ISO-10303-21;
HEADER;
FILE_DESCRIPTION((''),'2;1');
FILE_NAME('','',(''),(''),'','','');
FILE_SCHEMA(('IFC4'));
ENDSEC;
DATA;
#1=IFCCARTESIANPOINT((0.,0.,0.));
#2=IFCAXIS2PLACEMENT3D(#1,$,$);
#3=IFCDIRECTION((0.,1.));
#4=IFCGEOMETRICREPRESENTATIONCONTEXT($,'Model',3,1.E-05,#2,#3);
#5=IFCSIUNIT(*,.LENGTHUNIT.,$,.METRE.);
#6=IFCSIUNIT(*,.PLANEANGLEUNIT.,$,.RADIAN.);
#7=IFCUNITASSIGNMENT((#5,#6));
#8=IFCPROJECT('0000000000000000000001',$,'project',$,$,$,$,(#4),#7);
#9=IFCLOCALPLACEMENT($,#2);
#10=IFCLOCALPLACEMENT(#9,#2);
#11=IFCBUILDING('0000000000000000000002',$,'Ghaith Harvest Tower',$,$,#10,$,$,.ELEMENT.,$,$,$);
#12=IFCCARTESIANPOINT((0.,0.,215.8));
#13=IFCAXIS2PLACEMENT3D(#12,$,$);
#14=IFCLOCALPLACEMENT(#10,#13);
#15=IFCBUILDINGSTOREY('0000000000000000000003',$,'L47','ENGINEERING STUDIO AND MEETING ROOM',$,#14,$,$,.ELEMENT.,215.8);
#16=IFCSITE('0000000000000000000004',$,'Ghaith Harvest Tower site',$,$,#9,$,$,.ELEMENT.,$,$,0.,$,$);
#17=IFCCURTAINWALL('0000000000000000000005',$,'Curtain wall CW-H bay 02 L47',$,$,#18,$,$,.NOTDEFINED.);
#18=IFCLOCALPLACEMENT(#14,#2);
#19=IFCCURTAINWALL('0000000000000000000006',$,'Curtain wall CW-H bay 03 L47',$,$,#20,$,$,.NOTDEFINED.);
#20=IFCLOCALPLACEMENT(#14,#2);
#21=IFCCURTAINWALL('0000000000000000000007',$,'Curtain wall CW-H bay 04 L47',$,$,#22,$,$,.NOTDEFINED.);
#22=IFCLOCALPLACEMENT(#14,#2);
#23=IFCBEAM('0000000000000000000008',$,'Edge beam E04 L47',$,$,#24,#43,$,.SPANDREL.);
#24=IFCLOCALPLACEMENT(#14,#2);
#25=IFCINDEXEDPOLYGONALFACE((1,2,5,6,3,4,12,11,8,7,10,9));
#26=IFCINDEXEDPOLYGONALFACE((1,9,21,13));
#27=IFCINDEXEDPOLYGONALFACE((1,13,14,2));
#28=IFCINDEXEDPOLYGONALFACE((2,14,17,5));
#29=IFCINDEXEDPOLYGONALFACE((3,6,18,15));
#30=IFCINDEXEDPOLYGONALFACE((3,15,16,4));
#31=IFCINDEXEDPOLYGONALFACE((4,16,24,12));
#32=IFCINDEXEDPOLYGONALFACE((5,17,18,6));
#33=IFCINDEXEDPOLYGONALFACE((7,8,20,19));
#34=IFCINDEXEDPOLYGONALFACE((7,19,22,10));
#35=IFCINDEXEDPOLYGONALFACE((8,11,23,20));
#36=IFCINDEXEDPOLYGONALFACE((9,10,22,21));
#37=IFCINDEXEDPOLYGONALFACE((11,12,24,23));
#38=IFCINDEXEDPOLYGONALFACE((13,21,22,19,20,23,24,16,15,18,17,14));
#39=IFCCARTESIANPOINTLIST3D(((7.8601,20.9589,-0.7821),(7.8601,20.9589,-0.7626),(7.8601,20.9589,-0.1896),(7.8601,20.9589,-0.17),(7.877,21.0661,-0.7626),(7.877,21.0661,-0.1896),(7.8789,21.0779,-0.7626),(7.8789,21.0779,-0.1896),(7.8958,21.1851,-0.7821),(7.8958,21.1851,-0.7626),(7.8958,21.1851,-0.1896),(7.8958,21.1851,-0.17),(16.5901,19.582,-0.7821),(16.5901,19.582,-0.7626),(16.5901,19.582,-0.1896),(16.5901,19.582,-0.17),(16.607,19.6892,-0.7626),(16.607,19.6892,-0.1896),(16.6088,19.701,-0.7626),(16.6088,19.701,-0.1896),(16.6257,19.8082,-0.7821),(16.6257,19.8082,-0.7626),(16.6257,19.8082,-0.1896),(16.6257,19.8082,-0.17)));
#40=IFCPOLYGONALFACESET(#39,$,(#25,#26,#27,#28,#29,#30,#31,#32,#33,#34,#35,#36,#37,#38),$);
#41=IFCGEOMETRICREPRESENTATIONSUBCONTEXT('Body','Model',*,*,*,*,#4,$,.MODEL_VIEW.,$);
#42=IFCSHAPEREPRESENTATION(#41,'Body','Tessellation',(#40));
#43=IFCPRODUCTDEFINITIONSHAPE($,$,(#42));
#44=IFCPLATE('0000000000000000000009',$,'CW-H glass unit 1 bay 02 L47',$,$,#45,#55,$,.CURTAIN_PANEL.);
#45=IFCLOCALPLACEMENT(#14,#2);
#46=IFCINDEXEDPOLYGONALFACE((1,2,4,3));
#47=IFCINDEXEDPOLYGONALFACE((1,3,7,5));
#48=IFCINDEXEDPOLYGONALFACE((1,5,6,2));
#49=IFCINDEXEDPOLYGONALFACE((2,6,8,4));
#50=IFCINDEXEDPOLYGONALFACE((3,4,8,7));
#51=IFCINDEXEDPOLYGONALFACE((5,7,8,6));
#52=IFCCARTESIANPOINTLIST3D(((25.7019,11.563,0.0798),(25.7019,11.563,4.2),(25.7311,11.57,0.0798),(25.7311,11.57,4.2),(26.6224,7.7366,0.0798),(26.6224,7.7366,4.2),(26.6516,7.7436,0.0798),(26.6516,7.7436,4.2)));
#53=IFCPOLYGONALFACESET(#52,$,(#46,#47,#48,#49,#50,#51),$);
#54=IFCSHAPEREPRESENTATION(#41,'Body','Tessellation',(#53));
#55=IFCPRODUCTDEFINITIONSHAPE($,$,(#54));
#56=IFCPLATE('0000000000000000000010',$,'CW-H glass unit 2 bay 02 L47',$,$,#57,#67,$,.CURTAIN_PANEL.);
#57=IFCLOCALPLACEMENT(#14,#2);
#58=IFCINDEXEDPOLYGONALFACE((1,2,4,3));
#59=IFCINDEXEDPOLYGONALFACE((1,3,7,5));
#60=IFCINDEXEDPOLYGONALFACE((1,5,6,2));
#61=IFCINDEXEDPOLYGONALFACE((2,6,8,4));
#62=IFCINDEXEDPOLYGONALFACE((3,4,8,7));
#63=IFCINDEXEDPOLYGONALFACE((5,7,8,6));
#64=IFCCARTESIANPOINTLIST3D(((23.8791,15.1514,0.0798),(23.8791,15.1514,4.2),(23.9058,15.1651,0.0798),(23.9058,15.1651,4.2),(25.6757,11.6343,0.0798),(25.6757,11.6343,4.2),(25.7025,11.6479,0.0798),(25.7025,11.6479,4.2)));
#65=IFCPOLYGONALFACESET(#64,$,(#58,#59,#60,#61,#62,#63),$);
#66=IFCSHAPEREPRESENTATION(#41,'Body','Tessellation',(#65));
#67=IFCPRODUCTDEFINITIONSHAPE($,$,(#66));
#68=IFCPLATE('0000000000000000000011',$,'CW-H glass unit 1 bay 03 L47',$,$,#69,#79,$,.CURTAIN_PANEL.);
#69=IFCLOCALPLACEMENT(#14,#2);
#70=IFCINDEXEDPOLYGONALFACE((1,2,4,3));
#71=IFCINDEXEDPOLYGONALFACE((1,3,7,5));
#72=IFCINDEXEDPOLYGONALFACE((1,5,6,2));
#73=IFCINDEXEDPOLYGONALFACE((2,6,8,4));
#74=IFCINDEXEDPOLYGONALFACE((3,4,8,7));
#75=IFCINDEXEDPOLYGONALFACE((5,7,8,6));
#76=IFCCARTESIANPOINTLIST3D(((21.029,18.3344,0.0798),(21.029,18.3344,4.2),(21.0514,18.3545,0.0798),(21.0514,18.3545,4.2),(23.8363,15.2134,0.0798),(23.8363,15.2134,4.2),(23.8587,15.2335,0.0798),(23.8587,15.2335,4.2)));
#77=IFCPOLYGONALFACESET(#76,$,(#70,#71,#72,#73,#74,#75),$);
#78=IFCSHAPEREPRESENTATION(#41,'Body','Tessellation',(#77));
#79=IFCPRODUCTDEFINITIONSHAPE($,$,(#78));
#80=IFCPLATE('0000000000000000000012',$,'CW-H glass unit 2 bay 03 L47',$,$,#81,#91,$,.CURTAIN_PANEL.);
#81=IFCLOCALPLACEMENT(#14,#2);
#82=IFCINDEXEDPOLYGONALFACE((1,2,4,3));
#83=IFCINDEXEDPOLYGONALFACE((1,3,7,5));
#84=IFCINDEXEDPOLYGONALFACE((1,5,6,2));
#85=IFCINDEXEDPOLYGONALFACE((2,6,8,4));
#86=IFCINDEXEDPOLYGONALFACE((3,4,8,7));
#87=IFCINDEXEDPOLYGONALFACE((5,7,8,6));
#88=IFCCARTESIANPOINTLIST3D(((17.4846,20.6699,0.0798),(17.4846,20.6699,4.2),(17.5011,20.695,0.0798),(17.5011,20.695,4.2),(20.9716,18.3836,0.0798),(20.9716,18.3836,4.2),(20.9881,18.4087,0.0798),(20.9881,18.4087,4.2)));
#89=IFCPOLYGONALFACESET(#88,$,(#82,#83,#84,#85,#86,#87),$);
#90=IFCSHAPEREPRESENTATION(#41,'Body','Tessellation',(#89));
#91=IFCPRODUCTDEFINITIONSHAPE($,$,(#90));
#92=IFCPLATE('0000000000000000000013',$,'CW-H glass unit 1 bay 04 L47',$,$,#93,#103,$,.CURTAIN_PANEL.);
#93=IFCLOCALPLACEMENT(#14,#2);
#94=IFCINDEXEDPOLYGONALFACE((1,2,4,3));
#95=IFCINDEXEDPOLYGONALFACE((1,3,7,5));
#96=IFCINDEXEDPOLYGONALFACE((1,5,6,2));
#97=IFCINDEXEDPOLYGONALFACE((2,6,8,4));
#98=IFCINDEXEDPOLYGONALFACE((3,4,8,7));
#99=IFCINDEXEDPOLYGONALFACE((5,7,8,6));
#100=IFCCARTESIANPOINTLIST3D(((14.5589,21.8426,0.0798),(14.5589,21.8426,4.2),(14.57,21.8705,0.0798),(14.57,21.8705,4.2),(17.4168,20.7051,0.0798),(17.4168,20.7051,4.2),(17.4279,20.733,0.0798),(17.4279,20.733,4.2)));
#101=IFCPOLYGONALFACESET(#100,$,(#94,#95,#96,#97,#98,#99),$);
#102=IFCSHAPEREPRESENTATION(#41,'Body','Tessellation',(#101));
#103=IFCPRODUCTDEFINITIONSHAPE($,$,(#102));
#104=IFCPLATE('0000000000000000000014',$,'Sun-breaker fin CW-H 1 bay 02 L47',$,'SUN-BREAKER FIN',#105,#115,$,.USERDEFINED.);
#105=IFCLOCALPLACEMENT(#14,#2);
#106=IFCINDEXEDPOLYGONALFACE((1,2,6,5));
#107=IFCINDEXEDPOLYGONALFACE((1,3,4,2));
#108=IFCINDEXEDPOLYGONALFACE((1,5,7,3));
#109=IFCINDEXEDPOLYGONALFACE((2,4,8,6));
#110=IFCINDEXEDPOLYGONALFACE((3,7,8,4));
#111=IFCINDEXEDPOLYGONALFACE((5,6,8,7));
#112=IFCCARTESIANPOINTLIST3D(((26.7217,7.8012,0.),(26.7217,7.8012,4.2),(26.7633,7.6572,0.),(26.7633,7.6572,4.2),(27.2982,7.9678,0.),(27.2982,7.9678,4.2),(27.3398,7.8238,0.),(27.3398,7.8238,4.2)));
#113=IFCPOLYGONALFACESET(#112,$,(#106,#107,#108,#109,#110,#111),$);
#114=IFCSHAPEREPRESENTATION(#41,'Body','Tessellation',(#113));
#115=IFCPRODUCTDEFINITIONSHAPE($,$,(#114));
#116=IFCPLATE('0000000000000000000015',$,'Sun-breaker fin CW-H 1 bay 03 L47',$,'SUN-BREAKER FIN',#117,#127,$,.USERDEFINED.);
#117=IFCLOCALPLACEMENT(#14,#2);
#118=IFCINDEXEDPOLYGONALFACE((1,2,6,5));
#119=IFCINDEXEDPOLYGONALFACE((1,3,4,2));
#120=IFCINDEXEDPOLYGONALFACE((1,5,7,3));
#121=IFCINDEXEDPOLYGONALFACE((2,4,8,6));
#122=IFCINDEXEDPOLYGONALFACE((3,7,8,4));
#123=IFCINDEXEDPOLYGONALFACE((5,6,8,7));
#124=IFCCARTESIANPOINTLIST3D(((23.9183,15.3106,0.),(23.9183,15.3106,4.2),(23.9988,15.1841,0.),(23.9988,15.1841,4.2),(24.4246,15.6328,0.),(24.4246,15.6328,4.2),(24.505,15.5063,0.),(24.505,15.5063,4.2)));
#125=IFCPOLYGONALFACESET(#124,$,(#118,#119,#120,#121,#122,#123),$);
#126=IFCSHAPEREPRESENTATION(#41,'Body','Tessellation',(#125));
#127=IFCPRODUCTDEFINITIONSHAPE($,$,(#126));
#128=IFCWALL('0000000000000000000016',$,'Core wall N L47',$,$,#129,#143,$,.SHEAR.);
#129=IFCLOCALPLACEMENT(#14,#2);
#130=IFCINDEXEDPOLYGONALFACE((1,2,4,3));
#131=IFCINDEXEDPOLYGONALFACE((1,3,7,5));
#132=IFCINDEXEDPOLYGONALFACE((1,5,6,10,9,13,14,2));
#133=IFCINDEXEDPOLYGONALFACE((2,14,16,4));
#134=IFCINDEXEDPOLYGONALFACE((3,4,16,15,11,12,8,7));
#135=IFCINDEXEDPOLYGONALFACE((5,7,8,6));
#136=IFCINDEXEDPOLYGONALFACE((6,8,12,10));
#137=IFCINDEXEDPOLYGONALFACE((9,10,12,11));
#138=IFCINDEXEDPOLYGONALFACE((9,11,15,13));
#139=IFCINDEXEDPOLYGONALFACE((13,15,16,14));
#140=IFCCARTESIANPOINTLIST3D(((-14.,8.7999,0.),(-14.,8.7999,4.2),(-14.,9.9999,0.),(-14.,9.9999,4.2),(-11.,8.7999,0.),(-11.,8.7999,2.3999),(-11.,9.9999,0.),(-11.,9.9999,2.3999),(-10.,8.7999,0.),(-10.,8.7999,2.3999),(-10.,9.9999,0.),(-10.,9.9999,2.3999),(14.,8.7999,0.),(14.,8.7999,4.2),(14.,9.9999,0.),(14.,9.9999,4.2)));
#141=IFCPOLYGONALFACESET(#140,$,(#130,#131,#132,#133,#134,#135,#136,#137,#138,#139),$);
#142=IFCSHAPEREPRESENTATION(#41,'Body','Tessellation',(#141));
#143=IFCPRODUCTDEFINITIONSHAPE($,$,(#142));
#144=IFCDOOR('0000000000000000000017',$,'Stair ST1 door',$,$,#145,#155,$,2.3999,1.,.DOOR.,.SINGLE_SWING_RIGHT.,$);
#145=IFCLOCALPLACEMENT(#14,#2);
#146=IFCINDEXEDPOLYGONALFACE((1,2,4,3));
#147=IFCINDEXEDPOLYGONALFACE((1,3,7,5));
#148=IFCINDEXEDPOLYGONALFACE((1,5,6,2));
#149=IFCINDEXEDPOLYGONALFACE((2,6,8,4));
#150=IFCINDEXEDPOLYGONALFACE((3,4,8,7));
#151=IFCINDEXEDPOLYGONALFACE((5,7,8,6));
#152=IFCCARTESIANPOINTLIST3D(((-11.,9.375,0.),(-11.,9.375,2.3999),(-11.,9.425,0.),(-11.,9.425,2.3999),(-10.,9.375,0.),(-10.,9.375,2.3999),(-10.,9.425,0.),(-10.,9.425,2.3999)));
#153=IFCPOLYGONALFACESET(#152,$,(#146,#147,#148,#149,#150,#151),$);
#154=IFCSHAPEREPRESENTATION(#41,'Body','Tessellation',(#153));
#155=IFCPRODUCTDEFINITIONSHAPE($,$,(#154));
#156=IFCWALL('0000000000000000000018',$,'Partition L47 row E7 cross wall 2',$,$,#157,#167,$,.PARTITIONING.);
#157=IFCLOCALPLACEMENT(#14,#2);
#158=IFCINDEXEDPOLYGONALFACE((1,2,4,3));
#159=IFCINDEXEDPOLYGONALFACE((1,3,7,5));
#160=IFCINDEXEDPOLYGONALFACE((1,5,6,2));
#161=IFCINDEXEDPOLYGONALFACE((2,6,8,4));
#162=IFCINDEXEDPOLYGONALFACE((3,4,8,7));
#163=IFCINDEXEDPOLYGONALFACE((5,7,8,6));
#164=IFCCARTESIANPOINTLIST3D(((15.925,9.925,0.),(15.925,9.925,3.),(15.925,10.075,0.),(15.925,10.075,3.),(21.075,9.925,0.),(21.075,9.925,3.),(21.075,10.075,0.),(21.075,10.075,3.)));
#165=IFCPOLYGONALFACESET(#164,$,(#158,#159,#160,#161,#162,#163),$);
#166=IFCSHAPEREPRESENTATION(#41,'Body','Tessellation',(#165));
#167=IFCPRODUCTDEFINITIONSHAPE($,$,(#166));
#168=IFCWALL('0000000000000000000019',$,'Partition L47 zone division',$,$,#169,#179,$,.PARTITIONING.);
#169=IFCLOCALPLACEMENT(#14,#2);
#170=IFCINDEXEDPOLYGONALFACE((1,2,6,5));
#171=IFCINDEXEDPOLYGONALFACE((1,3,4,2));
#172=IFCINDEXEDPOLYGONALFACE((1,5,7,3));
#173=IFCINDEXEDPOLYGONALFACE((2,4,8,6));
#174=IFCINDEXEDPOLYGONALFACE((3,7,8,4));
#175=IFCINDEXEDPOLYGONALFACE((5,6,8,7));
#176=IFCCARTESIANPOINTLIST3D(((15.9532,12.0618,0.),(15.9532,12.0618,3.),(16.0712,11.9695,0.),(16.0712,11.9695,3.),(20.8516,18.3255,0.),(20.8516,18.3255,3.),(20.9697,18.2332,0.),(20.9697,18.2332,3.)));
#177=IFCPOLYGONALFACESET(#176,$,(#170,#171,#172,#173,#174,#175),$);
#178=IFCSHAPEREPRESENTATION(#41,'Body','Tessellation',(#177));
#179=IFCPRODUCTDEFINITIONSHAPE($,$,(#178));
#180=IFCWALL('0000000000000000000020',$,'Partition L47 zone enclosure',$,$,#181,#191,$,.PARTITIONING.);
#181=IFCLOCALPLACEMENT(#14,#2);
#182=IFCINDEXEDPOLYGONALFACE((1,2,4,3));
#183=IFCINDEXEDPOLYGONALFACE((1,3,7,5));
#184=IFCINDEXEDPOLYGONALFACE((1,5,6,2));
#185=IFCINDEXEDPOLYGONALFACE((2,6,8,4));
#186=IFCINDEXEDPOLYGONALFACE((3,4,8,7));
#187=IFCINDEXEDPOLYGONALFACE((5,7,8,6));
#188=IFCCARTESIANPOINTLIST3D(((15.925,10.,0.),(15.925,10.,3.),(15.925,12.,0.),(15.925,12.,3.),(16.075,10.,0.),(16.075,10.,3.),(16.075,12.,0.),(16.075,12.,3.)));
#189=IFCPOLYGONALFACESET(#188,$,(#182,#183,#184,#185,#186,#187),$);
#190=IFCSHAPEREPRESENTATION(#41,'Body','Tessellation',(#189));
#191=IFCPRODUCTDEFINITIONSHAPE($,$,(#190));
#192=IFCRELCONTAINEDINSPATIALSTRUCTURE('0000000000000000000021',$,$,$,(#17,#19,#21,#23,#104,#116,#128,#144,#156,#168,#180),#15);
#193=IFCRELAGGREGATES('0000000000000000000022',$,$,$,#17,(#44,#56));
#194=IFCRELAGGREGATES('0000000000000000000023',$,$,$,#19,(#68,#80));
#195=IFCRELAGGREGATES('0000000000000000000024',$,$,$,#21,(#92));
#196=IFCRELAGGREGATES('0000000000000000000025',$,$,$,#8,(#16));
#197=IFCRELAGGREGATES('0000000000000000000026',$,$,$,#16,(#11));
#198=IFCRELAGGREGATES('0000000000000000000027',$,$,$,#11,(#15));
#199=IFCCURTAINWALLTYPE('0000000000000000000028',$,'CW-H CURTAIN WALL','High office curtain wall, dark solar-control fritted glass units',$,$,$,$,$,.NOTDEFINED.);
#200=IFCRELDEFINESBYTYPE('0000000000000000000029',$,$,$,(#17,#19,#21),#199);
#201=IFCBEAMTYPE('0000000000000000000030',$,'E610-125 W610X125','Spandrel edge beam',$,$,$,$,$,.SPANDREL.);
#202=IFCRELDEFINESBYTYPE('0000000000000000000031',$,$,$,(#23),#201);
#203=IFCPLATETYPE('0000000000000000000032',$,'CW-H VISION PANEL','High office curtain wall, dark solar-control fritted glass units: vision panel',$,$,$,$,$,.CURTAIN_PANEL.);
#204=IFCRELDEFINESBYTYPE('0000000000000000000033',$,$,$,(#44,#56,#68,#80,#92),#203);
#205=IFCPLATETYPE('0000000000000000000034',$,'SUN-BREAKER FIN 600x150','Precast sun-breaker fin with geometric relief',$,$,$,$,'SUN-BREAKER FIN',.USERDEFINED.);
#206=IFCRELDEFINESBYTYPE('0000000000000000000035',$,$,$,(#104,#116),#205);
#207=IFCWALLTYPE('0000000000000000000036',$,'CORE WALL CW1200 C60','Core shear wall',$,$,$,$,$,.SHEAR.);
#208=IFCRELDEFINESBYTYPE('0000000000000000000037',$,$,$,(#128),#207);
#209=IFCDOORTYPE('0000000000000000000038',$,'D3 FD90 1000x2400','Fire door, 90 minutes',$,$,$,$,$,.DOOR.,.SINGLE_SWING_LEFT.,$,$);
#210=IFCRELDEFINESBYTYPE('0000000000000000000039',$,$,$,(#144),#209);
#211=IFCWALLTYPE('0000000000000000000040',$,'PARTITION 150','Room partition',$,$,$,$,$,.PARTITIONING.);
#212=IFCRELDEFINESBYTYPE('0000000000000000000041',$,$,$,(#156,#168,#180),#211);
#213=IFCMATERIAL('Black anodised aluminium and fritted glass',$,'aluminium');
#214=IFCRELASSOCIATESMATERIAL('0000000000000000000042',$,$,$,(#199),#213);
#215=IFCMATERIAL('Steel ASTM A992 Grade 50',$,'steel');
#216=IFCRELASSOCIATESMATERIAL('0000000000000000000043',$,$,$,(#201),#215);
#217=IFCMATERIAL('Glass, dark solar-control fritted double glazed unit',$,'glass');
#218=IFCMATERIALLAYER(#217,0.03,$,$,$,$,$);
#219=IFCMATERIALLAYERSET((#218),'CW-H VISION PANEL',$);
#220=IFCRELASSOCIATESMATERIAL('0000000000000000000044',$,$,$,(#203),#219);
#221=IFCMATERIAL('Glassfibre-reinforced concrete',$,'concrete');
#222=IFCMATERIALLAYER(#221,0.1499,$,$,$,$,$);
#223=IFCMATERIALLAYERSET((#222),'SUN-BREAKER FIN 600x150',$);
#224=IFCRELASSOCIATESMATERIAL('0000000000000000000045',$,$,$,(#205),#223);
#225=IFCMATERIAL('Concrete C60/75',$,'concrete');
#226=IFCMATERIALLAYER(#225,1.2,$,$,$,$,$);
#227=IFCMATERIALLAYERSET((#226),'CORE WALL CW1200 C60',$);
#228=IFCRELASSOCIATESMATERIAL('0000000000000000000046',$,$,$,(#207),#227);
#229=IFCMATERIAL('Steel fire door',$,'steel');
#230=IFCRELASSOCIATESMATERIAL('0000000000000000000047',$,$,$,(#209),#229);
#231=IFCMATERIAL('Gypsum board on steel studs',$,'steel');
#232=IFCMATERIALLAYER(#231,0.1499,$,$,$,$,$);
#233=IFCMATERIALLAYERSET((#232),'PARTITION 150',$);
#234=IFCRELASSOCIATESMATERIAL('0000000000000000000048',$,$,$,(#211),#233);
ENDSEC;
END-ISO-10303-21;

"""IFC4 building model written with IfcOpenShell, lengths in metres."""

from ifc_helpers import new_model, si_unit, direction, frame, frame_2d, origin, origin_2d, place, context, subcontext, project, spatial, rectangle, i_section, extrude, material, layer, layer_set, material_profile, profile_set, type_object, element, fill, aggregate, save


model = new_model("IFC4")

# Units and contexts
model_context = context("Model", 3, precision=1e-05, world=origin(), true_north=direction((0.0, 1.0)))
body_context = subcontext(model_context, "Body", "Model", "MODEL_VIEW")
ifc_project = project(units=[si_unit("LENGTHUNIT", "METRE"), si_unit("PLANEANGLEUNIT", "RADIAN")], contexts=[model_context])

# Site, building, storey
site_placement = place(None, origin())
site = spatial("IfcSite", under=ifc_project, at=site_placement, Name="Ghaith Harvest Tower site", CompositionType="ELEMENT", RefElevation=0.0)
building_placement = place(site_placement, origin())
building = spatial("IfcBuilding", under=site, at=building_placement, Name="Ghaith Harvest Tower", CompositionType="ELEMENT")
storey_placement = place(building_placement, frame((0.0, 0.0, 215.8)))
storey = spatial("IfcBuildingStorey", under=building, at=storey_placement, Name="L47", Description="ENGINEERING STUDIO AND MEETING ROOM", CompositionType="ELEMENT", Elevation=215.8)

# Curtain wall
ifc_material_1 = material(Name="Black anodised aluminium and fritted glass", Category="aluminium")
curtain_wall_type = type_object("IfcCurtainWallType", Name="CW-H CURTAIN WALL", Description="High office curtain wall, dark solar-control fritted glass units", PredefinedType="NOTDEFINED", material=ifc_material_1)
curtain_wall_1_placement = place(storey_placement, origin())
curtain_wall_1 = element("IfcCurtainWall", 1, at=curtain_wall_1_placement, inside=storey, type_object=curtain_wall_type, Name="Curtain wall CW-H bay 02 L47", PredefinedType="NOTDEFINED")

# Curtain walls
curtain_wall_2_placement = place(storey_placement, origin())
curtain_wall_2 = element("IfcCurtainWall", 2, at=curtain_wall_2_placement, inside=storey, type_object=curtain_wall_type, Name="Curtain wall CW-H bay 03 L47", PredefinedType="NOTDEFINED")
curtain_wall_3_placement = place(storey_placement, origin())
curtain_wall_3 = element("IfcCurtainWall", 3, at=curtain_wall_3_placement, inside=storey, type_object=curtain_wall_type, Name="Curtain wall CW-H bay 04 L47", PredefinedType="NOTDEFINED")

# Beam
ifc_material_2 = material(Name="Steel ASTM A992 Grade 50", Category="steel")
ifc_material_profile_1 = material_profile(ifc_material_2, i_section(OverallWidth=0.229, OverallDepth=0.6121, WebThickness=0.012, FlangeThickness=0.0195, at=origin_2d()), Name="W610X125")
ifc_profile_set_1 = profile_set([ifc_material_profile_1], Name="Steel ASTM A992 Grade 50")
beam_type = type_object("IfcBeamType", Name="E610-125 W610X125", Description="Spandrel edge beam", PredefinedType="SPANDREL", material=ifc_profile_set_1)
beam_1_placement = place(storey_placement, frame((16.6079, 19.6951, -0.4761), z_axis=(-0.987788, 0.155801, 0.0), x_axis=(-0.155801, -0.987788, 0.0)))
element("IfcBeam", 4, at=beam_1_placement, inside=storey, type_object=beam_type, Name="Edge beam E04 L47", PredefinedType="SPANDREL", context=body_context, shape_type="SweptSolid", body=[
    extrude(i_section(OverallWidth=0.229, OverallDepth=0.6121, WebThickness=0.012, FlangeThickness=0.0195, at=origin_2d()), origin(), (0.0, 0.0, 1.0), 8.8379),
])

# Plates
ifc_material_3 = material(Name="Glass, dark solar-control fritted double glazed unit", Category="glass")
ifc_layer_1 = layer(ifc_material_3, 0.03)
ifc_layer_set_1 = layer_set([ifc_layer_1], Name="CW-H VISION PANEL")
plate_type_1 = type_object("IfcPlateType", Name="CW-H VISION PANEL", Description="High office curtain wall, dark solar-control fritted glass units: vision panel", PredefinedType="CURTAIN_PANEL", material=ifc_layer_set_1)
plate_1_placement = place(storey_placement, frame((26.1768, 9.6533, 0.0798), z_axis=(0.0, 0.0, 1.0), x_axis=(-0.233894, 0.972262, 0.0)))
plate_1 = element("IfcPlate", 5, at=plate_1_placement, type_object=plate_type_1, Name="CW-H glass unit 1 bay 02 L47", PredefinedType="CURTAIN_PANEL", context=body_context, shape_type="SweptSolid", body=[
    extrude(rectangle(XDim=3.9355, YDim=0.03, at=origin_2d()), origin(), (0.0, 0.0, 1.0), 4.1201),
])
plate_2_placement = place(storey_placement, frame((24.7908, 13.3997, 0.0798), z_axis=(0.0, 0.0, 1.0), x_axis=(-0.454915, 0.890535, 0.0)))
plate_2 = element("IfcPlate", 6, at=plate_2_placement, type_object=plate_type_1, Name="CW-H glass unit 2 bay 02 L47", PredefinedType="CURTAIN_PANEL", context=body_context, shape_type="SweptSolid", body=[
    extrude(rectangle(XDim=3.9495, YDim=0.03, at=origin_2d()), origin(), (0.0, 0.0, 1.0), 4.1201),
])
aggregate(curtain_wall_1, [plate_1, plate_2])
plate_3_placement = place(storey_placement, frame((22.4438, 16.7839, 0.0798), z_axis=(0.0, 0.0, 1.0), x_axis=(-0.668758, 0.74348, 0.0)))
plate_3 = element("IfcPlate", 7, at=plate_3_placement, type_object=plate_type_1, Name="CW-H glass unit 1 bay 03 L47", PredefinedType="CURTAIN_PANEL", context=body_context, shape_type="SweptSolid", body=[
    extrude(rectangle(XDim=4.1978, YDim=0.03, at=origin_2d()), origin(), (0.0, 0.0, 1.0), 4.1201),
])
plate_4_placement = place(storey_placement, frame((19.2363, 19.5393, 0.0798), z_axis=(0.0, 0.0, 1.0), x_axis=(-0.836277, 0.548308, 0.0)))
plate_4 = element("IfcPlate", 8, at=plate_4_placement, type_object=plate_type_1, Name="CW-H glass unit 2 bay 03 L47", PredefinedType="CURTAIN_PANEL", context=body_context, shape_type="SweptSolid", body=[
    extrude(rectangle(XDim=4.1697, YDim=0.03, at=origin_2d()), origin(), (0.0, 0.0, 1.0), 4.1201),
])
aggregate(curtain_wall_2, [plate_3, plate_4])
plate_5_placement = place(storey_placement, frame((15.9934, 21.2878, 0.0798), z_axis=(0.0, 0.0, 1.0), x_axis=(-0.929107, 0.36981, 0.0)))
plate_5 = element("IfcPlate", 9, at=plate_5_placement, type_object=plate_type_1, Name="CW-H glass unit 1 bay 04 L47", PredefinedType="CURTAIN_PANEL", context=body_context, shape_type="SweptSolid", body=[
    extrude(rectangle(XDim=3.0759, YDim=0.03, at=origin_2d()), origin(), (0.0, 0.0, 1.0), 4.1201),
])
aggregate(curtain_wall_3, [plate_5])

# Plates
ifc_material_4 = material(Name="Glassfibre-reinforced concrete", Category="concrete")
ifc_layer_2 = layer(ifc_material_4, 0.1499)
ifc_layer_set_2 = layer_set([ifc_layer_2], Name="SUN-BREAKER FIN 600x150")
plate_type_2 = type_object("IfcPlateType", Name="SUN-BREAKER FIN 600x150", Description="Precast sun-breaker fin with geometric relief", ElementType="SUN-BREAKER FIN", PredefinedType="USERDEFINED", material=ifc_layer_set_2)
for number, where, z_axis, x_axis, name in (
    (10, (27.0308, 7.8125, 0.0), (0.0, 0.0, 1.0), (0.96068, 0.277657, 0.0), "Sun-breaker fin CW-H 1 bay 02 L47"),
    (11, (24.2117, 15.4084, 0.0), (0.0, 0.0, 1.0), (0.843644, 0.536903, 0.0), "Sun-breaker fin CW-H 1 bay 03 L47"),
):
    element("IfcPlate", number, at=place(storey_placement, frame(where, z_axis=z_axis, x_axis=x_axis)), inside=storey, type_object=plate_type_2, Name=name, ObjectType="SUN-BREAKER FIN", PredefinedType="USERDEFINED", context=body_context, shape_type="SweptSolid", body=[
        extrude(rectangle(XDim=0.6001, YDim=0.1499, at=origin_2d()), origin(), (0.0, 0.0, 1.0), 4.2),
    ])

# Wall, opening, door
ifc_material_5 = material(Name="Concrete C60/75", Category="concrete")
ifc_layer_3 = layer(ifc_material_5, 1.2)
ifc_layer_set_3 = layer_set([ifc_layer_3], Name="CORE WALL CW1200 C60")
wall_type_1 = type_object("IfcWallType", Name="CORE WALL CW1200 C60", Description="Core shear wall", PredefinedType="SHEAR", material=ifc_layer_set_3)
wall_1_placement = place(storey_placement, frame((14.0, 9.3999, 0.0), z_axis=(0.0, 0.0, 1.0), x_axis=(-1.0, 0.0, 0.0)))
wall_1 = element("IfcWall", 12, at=wall_1_placement, inside=storey, type_object=wall_type_1, Name="Core wall N L47", PredefinedType="SHEAR", context=body_context, shape_type="SweptSolid", body=[
    extrude(rectangle(XDim=28.0, YDim=1.2, at=frame_2d((14.0, 0.0))), origin(), (0.0, 0.0, 1.0), 4.2),
])
opening_placement = place(wall_1_placement, frame((24.0, 0.0, 0.0)))
opening = element("IfcOpeningElement", 13, at=opening_placement, cuts=wall_1, PredefinedType="OPENING", context=body_context, shape_type="SweptSolid", body=[
    extrude(rectangle(XDim=1.0, YDim=2.3999, at=frame_2d((0.5, 1.2))), frame((0.0, 0.6099, 0.0), z_axis=(0.0, -1.0, 0.0), x_axis=(1.0, 0.0, 0.0)), (0.0, 0.0, 1.0), 1.22),
])
ifc_material_6 = material(Name="Steel fire door", Category="steel")
door_type = type_object("IfcDoorType", Name="D3 FD90 1000x2400", Description="Fire door, 90 minutes", OperationType="SINGLE_SWING_LEFT", PredefinedType="DOOR", material=ifc_material_6)
door_placement = place(opening_placement, origin())
door = element("IfcDoor", 14, at=door_placement, inside=storey, type_object=door_type, Name="Stair ST1 door", OperationType="SINGLE_SWING_RIGHT", OverallHeight=2.3999, OverallWidth=1.0, PredefinedType="DOOR", context=body_context, shape_type="SweptSolid", body=[
    extrude(rectangle(XDim=1.0, YDim=2.3999, at=frame_2d((0.5, 1.2))), frame((0.0, 0.0249, 0.0), z_axis=(0.0, -1.0, 0.0), x_axis=(1.0, 0.0, 0.0)), (0.0, 0.0, 1.0), 0.05),
])
fill(opening, door)

# Walls
ifc_material_7 = material(Name="Gypsum board on steel studs", Category="steel")
ifc_layer_4 = layer(ifc_material_7, 0.1499)
ifc_layer_set_4 = layer_set([ifc_layer_4], Name="PARTITION 150")
wall_type_2 = type_object("IfcWallType", Name="PARTITION 150", Description="Room partition", PredefinedType="PARTITIONING", material=ifc_layer_set_4)
wall_2_placement = place(storey_placement, frame((15.925, 10.0, 0.0), z_axis=(0.0, 0.0, 1.0), x_axis=(1.0, 0.0, 0.0)))
element("IfcWall", 15, at=wall_2_placement, inside=storey, type_object=wall_type_2, Name="Partition L47 row E7 cross wall 2", PredefinedType="PARTITIONING", context=body_context, shape_type="SweptSolid", body=[
    extrude(rectangle(XDim=5.1499, YDim=0.1499, at=frame_2d((2.575, 0.0))), origin(), (0.0, 0.0, 1.0), 3.0),
])
wall_3_placement = place(storey_placement, frame((16.0122, 12.0156, 0.0), z_axis=(0.0, 0.0, 1.0), x_axis=(0.61603, 0.787723, 0.0)))
element("IfcWall", 16, at=wall_3_placement, inside=storey, type_object=wall_type_2, Name="Partition L47 zone division", PredefinedType="PARTITIONING", context=body_context, shape_type="SweptSolid", body=[
    extrude(rectangle(XDim=7.9517, YDim=0.1499, at=frame_2d((3.9758, 0.0))), origin(), (0.0, 0.0, 1.0), 3.0),
])
wall_4_placement = place(storey_placement, frame((16.0, 10.0, 0.0), z_axis=(0.0, 0.0, 1.0), x_axis=(0.0, 1.0, 0.0)))
element("IfcWall", 17, at=wall_4_placement, inside=storey, type_object=wall_type_2, Name="Partition L47 zone enclosure", PredefinedType="PARTITIONING", context=body_context, shape_type="SweptSolid", body=[
    extrude(rectangle(XDim=2.0, YDim=0.1499, at=frame_2d((1.0, 0.0))), origin(), (0.0, 0.0, 1.0), 3.0),
])

save(model, "model.ifc")
